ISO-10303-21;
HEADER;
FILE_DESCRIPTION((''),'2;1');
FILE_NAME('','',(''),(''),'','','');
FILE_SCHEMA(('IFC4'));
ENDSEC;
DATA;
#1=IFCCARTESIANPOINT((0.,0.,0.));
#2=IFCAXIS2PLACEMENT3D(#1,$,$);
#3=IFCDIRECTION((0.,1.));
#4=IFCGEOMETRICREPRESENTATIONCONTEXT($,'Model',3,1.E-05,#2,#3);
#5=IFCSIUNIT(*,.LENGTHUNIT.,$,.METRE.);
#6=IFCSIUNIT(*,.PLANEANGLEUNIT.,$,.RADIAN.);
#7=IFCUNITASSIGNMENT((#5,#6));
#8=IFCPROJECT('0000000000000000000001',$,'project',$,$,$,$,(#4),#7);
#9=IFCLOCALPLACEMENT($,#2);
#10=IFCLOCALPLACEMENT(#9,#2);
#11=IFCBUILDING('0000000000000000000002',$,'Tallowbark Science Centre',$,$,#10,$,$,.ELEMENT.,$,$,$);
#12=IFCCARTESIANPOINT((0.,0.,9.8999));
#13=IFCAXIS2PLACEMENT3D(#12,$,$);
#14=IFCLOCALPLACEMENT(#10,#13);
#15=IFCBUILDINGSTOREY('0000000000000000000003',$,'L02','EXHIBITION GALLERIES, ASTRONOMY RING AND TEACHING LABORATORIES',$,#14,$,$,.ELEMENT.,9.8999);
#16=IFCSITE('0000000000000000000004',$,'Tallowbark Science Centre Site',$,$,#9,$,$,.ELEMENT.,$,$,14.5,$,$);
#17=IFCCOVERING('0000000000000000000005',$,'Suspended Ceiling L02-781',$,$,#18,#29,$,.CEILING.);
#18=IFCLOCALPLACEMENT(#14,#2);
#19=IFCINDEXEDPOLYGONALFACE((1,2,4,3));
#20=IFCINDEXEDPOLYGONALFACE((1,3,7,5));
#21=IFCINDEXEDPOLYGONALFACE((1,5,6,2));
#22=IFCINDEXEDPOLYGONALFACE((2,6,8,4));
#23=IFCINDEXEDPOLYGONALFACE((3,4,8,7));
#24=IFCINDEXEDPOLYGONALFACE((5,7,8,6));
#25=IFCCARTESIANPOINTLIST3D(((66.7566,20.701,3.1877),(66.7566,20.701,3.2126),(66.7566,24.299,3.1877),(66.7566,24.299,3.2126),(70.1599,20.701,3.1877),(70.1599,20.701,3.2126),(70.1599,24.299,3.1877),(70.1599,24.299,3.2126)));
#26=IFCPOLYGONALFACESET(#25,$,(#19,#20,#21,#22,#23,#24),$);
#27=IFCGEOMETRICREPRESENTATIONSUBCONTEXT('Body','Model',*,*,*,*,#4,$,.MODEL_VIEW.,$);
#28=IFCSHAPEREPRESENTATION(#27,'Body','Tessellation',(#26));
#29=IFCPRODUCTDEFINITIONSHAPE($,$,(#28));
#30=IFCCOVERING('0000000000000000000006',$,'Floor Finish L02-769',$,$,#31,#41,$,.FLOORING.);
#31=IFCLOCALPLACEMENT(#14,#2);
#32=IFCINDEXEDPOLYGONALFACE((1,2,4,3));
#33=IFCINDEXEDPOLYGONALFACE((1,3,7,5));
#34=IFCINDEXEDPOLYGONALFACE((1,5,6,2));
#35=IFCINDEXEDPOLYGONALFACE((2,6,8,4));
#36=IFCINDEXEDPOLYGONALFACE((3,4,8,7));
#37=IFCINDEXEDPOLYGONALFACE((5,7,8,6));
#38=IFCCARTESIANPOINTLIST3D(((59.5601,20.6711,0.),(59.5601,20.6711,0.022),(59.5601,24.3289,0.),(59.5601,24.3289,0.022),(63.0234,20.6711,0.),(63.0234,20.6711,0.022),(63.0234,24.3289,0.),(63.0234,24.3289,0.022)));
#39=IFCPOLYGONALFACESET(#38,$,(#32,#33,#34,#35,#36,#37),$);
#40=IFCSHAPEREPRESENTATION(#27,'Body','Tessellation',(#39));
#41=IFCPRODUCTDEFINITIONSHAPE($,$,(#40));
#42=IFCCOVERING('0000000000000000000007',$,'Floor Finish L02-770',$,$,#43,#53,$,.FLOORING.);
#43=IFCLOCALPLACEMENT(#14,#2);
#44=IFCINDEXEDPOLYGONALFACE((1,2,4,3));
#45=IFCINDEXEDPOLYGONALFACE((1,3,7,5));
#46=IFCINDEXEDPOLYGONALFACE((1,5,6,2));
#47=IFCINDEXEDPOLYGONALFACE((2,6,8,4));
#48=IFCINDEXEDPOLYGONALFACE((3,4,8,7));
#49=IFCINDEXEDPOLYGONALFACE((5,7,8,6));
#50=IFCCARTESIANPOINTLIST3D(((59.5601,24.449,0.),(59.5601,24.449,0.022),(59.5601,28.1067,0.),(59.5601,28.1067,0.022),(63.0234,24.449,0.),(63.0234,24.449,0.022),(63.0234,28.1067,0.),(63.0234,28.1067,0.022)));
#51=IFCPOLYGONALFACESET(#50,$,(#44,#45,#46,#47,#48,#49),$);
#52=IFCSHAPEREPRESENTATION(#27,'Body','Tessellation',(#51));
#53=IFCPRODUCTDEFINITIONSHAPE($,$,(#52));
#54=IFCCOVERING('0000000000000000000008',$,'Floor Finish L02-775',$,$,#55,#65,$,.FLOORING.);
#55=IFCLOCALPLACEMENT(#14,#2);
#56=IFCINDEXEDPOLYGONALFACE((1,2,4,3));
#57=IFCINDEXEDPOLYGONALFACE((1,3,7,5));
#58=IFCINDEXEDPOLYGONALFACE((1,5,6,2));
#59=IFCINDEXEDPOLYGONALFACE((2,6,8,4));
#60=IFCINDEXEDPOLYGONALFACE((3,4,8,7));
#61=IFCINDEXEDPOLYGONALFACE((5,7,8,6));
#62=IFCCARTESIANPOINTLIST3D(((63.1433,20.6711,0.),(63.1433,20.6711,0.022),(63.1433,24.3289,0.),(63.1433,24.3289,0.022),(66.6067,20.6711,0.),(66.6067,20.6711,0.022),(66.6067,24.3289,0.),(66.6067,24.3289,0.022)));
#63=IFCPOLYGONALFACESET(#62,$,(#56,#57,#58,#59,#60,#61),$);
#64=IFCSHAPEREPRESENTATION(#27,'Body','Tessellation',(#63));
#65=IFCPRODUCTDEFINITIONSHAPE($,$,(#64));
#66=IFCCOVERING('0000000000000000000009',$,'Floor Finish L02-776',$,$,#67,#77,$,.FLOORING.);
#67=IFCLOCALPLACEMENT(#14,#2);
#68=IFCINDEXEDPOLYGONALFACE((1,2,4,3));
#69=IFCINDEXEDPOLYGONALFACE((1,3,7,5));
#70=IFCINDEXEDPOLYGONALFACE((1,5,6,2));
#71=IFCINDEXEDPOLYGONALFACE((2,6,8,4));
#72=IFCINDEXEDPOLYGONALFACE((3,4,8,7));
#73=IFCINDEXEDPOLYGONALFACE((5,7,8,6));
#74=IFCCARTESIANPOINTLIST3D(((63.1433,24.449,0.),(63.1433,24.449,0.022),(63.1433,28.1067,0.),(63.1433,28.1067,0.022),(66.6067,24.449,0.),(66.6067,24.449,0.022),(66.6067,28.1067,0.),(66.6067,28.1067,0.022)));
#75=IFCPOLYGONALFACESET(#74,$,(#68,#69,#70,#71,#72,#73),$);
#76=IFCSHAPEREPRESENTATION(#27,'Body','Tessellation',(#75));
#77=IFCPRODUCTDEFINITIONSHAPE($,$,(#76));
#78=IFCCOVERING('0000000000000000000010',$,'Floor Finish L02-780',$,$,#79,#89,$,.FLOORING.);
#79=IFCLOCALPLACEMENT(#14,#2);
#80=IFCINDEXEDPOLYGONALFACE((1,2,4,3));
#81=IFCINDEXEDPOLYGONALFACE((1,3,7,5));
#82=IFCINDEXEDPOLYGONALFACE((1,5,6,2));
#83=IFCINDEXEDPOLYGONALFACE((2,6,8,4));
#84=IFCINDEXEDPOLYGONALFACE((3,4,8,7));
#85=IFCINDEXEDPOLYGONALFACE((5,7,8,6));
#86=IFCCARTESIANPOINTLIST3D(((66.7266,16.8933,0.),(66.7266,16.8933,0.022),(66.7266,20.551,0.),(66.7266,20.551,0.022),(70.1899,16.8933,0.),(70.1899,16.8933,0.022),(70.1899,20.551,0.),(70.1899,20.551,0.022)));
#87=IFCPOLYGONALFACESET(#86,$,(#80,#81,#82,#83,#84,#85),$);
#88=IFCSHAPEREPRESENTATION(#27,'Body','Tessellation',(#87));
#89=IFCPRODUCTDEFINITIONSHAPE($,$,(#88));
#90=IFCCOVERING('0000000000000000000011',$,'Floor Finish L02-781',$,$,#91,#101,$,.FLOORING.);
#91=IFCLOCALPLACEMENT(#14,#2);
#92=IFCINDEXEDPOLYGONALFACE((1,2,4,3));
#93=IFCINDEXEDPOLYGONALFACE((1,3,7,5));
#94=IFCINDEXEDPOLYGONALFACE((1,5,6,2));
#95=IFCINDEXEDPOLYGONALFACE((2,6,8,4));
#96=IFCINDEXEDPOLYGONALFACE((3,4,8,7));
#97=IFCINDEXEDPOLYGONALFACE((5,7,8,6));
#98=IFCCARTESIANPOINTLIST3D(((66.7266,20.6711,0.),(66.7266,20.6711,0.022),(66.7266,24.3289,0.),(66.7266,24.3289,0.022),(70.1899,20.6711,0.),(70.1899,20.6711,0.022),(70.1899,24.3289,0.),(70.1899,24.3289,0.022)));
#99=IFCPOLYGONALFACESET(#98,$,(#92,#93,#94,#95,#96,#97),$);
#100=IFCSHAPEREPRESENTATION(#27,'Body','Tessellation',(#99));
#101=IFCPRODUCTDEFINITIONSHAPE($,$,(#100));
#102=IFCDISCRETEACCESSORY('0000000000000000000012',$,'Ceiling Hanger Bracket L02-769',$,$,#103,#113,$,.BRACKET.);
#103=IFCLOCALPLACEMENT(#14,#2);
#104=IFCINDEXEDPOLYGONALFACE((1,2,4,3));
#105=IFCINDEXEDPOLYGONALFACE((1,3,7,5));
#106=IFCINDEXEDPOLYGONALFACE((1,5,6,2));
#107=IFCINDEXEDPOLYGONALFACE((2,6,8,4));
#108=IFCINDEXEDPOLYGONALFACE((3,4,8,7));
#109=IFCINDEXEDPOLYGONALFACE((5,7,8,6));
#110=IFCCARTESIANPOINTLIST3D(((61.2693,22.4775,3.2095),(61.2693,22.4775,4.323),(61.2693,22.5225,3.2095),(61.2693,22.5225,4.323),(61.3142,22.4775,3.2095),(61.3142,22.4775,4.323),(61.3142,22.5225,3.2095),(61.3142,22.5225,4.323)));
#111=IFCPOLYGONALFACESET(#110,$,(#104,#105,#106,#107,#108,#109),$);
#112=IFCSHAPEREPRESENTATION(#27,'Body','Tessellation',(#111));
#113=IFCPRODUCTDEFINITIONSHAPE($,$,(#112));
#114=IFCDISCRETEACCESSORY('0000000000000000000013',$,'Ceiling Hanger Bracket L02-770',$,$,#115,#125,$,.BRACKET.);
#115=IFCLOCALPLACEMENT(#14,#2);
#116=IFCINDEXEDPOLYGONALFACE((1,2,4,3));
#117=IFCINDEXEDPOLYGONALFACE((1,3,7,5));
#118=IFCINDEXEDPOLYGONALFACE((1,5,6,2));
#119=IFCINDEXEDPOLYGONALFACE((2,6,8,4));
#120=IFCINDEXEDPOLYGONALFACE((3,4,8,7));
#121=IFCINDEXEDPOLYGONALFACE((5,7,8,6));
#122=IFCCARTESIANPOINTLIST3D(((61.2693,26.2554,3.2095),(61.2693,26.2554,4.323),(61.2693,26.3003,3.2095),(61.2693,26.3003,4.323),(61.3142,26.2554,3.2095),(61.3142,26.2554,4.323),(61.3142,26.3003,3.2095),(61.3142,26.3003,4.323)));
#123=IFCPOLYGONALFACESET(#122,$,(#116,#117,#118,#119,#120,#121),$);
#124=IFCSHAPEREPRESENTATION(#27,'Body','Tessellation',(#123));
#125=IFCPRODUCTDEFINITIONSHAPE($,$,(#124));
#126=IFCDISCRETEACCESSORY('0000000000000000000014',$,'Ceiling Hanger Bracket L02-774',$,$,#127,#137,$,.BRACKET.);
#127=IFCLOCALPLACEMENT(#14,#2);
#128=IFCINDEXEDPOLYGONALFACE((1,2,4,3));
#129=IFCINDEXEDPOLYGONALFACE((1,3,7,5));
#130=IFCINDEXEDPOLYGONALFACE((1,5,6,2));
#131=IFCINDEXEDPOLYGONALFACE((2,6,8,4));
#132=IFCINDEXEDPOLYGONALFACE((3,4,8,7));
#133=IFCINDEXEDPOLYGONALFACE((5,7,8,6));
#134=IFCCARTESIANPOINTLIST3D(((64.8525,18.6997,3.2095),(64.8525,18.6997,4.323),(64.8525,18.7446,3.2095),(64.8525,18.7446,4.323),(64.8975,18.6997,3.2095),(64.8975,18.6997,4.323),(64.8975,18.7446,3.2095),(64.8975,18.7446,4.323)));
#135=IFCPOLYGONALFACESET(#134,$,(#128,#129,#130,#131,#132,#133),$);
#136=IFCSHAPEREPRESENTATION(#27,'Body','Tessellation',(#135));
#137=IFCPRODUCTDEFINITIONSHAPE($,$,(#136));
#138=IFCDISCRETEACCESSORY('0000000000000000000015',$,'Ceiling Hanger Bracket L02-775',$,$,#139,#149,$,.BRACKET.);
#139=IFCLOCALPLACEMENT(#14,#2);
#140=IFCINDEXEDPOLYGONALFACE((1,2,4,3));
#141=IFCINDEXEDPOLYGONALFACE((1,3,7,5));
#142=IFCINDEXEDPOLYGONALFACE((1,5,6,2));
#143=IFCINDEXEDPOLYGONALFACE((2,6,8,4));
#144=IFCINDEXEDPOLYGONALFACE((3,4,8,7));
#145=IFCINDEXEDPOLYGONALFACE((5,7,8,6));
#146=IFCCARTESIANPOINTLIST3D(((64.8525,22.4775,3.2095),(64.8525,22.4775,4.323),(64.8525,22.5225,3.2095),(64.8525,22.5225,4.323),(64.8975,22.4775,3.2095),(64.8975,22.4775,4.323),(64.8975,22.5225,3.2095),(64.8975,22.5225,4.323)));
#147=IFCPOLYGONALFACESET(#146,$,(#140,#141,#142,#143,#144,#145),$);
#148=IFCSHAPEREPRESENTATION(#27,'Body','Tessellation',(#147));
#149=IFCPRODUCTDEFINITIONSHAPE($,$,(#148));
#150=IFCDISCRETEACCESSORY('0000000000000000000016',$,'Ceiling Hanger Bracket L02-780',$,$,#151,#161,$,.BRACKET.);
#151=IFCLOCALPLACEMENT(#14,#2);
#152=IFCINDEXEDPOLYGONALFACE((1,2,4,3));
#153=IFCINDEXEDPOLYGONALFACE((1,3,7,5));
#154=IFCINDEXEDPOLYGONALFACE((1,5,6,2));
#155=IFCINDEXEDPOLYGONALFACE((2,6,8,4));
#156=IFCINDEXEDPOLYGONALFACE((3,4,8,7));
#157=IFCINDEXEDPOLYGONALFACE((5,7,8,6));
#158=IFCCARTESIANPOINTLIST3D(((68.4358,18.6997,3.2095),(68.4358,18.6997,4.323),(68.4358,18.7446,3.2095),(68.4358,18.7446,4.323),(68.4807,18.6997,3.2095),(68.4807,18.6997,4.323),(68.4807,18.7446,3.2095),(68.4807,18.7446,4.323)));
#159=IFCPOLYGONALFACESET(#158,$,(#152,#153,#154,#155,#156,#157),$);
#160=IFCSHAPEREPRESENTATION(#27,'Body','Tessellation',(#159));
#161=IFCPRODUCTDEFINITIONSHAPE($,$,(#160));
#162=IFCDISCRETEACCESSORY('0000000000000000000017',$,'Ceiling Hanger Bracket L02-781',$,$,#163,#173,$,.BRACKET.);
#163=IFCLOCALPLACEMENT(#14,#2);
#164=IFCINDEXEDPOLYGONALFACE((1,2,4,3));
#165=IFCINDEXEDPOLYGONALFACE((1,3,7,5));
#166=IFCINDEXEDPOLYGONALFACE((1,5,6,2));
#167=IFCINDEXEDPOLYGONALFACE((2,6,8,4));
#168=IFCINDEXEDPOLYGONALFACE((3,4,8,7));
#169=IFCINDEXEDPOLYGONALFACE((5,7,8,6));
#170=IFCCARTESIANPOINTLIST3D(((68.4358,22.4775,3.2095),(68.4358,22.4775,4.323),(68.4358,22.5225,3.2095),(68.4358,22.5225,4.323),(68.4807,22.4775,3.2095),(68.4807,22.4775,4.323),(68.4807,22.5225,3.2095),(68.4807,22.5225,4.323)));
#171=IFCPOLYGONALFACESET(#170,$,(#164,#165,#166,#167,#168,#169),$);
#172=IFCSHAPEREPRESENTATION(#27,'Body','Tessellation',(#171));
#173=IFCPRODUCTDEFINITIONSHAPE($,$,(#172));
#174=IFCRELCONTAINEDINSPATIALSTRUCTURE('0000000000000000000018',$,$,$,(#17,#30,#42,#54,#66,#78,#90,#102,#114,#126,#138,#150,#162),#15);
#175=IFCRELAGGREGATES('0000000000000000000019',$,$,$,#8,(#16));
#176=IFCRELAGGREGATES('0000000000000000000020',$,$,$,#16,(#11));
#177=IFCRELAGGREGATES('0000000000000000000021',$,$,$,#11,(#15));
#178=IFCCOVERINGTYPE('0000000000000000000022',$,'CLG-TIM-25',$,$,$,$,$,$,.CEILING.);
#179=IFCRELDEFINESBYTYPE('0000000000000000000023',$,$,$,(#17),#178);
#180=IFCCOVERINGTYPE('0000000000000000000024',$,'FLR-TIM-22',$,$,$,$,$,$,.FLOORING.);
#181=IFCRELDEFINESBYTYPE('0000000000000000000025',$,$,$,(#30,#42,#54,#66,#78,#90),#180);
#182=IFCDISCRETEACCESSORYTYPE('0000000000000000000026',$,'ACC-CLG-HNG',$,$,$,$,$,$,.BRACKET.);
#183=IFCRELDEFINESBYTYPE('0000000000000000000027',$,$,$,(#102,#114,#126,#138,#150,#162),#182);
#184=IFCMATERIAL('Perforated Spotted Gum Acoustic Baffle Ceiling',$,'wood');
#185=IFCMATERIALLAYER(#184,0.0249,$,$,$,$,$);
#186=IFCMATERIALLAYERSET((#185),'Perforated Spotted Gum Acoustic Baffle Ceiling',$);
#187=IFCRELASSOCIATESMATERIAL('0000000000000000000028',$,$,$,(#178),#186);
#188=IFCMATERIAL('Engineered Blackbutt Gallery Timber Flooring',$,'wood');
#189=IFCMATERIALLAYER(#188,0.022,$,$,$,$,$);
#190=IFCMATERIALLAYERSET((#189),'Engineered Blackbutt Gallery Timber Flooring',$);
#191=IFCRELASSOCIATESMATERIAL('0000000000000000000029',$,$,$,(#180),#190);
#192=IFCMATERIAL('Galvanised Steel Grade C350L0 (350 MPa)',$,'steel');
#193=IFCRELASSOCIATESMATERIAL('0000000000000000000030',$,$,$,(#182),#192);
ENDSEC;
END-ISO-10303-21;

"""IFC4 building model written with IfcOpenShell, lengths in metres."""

from ifc_helpers import new_model, si_unit, direction, frame, origin, origin_2d, place, context, subcontext, project, spatial, rectangle, extrude, material, layer, layer_set, type_object, element, save


model = new_model("IFC4")

# Units and contexts
model_context = context("Model", 3, precision=1e-05, world=origin(), true_north=direction((0.0, 1.0)))
body_context = subcontext(model_context, "Body", "Model", "MODEL_VIEW")
ifc_project = project(units=[si_unit("LENGTHUNIT", "METRE"), si_unit("PLANEANGLEUNIT", "RADIAN")], contexts=[model_context])

# Site, building, storey
site_placement = place(None, origin())
site = spatial("IfcSite", under=ifc_project, at=site_placement, Name="Tallowbark Science Centre Site", CompositionType="ELEMENT", RefElevation=14.5)
building_placement = place(site_placement, origin())
building = spatial("IfcBuilding", under=site, at=building_placement, Name="Tallowbark Science Centre", CompositionType="ELEMENT")
storey_placement = place(building_placement, frame((0.0, 0.0, 9.8999)))
storey = spatial("IfcBuildingStorey", under=building, at=storey_placement, Name="L02", Description="EXHIBITION GALLERIES, ASTRONOMY RING AND TEACHING LABORATORIES", CompositionType="ELEMENT", Elevation=9.8999)

# Coverings
ifc_material_1 = material(Name="Perforated Spotted Gum Acoustic Baffle Ceiling", Category="wood")
ifc_layer_1 = layer(ifc_material_1, 0.0249)
ifc_layer_set_1 = layer_set([ifc_layer_1], Name="Perforated Spotted Gum Acoustic Baffle Ceiling")
covering_type_1 = type_object("IfcCoveringType", Name="CLG-TIM-25", PredefinedType="CEILING", material=ifc_layer_set_1)
for number, where, z_axis, x_axis, name in (
    (1, (68.4583, 22.5, 3.1877), (0.0, 0.0, 1.0), (1.0, 0.0, 0.0), "Suspended Ceiling L02-781"),
):
    element("IfcCovering", number, at=place(storey_placement, frame(where, z_axis=z_axis, x_axis=x_axis)), inside=storey, type_object=covering_type_1, Name=name, PredefinedType="CEILING", context=body_context, shape_type="SweptSolid", body=[
        extrude(rectangle(XDim=3.4033, YDim=3.5979, at=origin_2d()), origin(), (0.0, 0.0, 1.0), 0.0249),
    ])
ifc_material_2 = material(Name="Engineered Blackbutt Gallery Timber Flooring", Category="wood")
ifc_layer_2 = layer(ifc_material_2, 0.022)
ifc_layer_set_2 = layer_set([ifc_layer_2], Name="Engineered Blackbutt Gallery Timber Flooring")
covering_type_2 = type_object("IfcCoveringType", Name="FLR-TIM-22", PredefinedType="FLOORING", material=ifc_layer_set_2)
for number, where, z_axis, x_axis, name in (
    (2, (61.2917, 22.5, 0.0), (0.0, 0.0, 1.0), (1.0, 0.0, 0.0), "Floor Finish L02-769"),
    (3, (61.2917, 26.2778, 0.0), (0.0, 0.0, 1.0), (1.0, 0.0, 0.0), "Floor Finish L02-770"),
    (4, (64.875, 22.5, 0.0), (0.0, 0.0, 1.0), (1.0, 0.0, 0.0), "Floor Finish L02-775"),
    (5, (64.875, 26.2778, 0.0), (0.0, 0.0, 1.0), (1.0, 0.0, 0.0), "Floor Finish L02-776"),
    (6, (68.4583, 18.7222, 0.0), (0.0, 0.0, 1.0), (1.0, 0.0, 0.0), "Floor Finish L02-780"),
    (7, (68.4583, 22.5, 0.0), (0.0, 0.0, 1.0), (1.0, 0.0, 0.0), "Floor Finish L02-781"),
):
    element("IfcCovering", number, at=place(storey_placement, frame(where, z_axis=z_axis, x_axis=x_axis)), inside=storey, type_object=covering_type_2, Name=name, PredefinedType="FLOORING", context=body_context, shape_type="SweptSolid", body=[
        extrude(rectangle(XDim=3.4634, YDim=3.6577, at=origin_2d()), origin(), (0.0, 0.0, 1.0), 0.022),
    ])

# Discrete accessories
ifc_material_3 = material(Name="Galvanised Steel Grade C350L0 (350 MPa)", Category="steel")
discrete_accessory_type = type_object("IfcDiscreteAccessoryType", Name="ACC-CLG-HNG", PredefinedType="BRACKET", material=ifc_material_3)
for number, where, z_axis, x_axis, name in (
    (8, (61.2917, 22.5, 3.2095), (0.0, 0.0, 1.0), (1.0, 0.0, 0.0), "Ceiling Hanger Bracket L02-769"),
    (9, (61.2917, 26.2778, 3.2095), (0.0, 0.0, 1.0), (1.0, 0.0, 0.0), "Ceiling Hanger Bracket L02-770"),
    (10, (64.875, 18.7222, 3.2095), (0.0, 0.0, 1.0), (1.0, 0.0, 0.0), "Ceiling Hanger Bracket L02-774"),
    (11, (64.875, 22.5, 3.2095), (0.0, 0.0, 1.0), (1.0, 0.0, 0.0), "Ceiling Hanger Bracket L02-775"),
    (12, (68.4583, 18.7222, 3.2095), (0.0, 0.0, 1.0), (1.0, 0.0, 0.0), "Ceiling Hanger Bracket L02-780"),
    (13, (68.4583, 22.5, 3.2095), (0.0, 0.0, 1.0), (1.0, 0.0, 0.0), "Ceiling Hanger Bracket L02-781"),
):
    element("IfcDiscreteAccessory", number, at=place(storey_placement, frame(where, z_axis=z_axis, x_axis=x_axis)), inside=storey, type_object=discrete_accessory_type, Name=name, PredefinedType="BRACKET", context=body_context, shape_type="SweptSolid", body=[
        extrude(rectangle(XDim=0.0449, YDim=0.0449, at=origin_2d()), origin(), (0.0, 0.0, 1.0), 1.1135),
    ])

save(model, "model.ifc")
